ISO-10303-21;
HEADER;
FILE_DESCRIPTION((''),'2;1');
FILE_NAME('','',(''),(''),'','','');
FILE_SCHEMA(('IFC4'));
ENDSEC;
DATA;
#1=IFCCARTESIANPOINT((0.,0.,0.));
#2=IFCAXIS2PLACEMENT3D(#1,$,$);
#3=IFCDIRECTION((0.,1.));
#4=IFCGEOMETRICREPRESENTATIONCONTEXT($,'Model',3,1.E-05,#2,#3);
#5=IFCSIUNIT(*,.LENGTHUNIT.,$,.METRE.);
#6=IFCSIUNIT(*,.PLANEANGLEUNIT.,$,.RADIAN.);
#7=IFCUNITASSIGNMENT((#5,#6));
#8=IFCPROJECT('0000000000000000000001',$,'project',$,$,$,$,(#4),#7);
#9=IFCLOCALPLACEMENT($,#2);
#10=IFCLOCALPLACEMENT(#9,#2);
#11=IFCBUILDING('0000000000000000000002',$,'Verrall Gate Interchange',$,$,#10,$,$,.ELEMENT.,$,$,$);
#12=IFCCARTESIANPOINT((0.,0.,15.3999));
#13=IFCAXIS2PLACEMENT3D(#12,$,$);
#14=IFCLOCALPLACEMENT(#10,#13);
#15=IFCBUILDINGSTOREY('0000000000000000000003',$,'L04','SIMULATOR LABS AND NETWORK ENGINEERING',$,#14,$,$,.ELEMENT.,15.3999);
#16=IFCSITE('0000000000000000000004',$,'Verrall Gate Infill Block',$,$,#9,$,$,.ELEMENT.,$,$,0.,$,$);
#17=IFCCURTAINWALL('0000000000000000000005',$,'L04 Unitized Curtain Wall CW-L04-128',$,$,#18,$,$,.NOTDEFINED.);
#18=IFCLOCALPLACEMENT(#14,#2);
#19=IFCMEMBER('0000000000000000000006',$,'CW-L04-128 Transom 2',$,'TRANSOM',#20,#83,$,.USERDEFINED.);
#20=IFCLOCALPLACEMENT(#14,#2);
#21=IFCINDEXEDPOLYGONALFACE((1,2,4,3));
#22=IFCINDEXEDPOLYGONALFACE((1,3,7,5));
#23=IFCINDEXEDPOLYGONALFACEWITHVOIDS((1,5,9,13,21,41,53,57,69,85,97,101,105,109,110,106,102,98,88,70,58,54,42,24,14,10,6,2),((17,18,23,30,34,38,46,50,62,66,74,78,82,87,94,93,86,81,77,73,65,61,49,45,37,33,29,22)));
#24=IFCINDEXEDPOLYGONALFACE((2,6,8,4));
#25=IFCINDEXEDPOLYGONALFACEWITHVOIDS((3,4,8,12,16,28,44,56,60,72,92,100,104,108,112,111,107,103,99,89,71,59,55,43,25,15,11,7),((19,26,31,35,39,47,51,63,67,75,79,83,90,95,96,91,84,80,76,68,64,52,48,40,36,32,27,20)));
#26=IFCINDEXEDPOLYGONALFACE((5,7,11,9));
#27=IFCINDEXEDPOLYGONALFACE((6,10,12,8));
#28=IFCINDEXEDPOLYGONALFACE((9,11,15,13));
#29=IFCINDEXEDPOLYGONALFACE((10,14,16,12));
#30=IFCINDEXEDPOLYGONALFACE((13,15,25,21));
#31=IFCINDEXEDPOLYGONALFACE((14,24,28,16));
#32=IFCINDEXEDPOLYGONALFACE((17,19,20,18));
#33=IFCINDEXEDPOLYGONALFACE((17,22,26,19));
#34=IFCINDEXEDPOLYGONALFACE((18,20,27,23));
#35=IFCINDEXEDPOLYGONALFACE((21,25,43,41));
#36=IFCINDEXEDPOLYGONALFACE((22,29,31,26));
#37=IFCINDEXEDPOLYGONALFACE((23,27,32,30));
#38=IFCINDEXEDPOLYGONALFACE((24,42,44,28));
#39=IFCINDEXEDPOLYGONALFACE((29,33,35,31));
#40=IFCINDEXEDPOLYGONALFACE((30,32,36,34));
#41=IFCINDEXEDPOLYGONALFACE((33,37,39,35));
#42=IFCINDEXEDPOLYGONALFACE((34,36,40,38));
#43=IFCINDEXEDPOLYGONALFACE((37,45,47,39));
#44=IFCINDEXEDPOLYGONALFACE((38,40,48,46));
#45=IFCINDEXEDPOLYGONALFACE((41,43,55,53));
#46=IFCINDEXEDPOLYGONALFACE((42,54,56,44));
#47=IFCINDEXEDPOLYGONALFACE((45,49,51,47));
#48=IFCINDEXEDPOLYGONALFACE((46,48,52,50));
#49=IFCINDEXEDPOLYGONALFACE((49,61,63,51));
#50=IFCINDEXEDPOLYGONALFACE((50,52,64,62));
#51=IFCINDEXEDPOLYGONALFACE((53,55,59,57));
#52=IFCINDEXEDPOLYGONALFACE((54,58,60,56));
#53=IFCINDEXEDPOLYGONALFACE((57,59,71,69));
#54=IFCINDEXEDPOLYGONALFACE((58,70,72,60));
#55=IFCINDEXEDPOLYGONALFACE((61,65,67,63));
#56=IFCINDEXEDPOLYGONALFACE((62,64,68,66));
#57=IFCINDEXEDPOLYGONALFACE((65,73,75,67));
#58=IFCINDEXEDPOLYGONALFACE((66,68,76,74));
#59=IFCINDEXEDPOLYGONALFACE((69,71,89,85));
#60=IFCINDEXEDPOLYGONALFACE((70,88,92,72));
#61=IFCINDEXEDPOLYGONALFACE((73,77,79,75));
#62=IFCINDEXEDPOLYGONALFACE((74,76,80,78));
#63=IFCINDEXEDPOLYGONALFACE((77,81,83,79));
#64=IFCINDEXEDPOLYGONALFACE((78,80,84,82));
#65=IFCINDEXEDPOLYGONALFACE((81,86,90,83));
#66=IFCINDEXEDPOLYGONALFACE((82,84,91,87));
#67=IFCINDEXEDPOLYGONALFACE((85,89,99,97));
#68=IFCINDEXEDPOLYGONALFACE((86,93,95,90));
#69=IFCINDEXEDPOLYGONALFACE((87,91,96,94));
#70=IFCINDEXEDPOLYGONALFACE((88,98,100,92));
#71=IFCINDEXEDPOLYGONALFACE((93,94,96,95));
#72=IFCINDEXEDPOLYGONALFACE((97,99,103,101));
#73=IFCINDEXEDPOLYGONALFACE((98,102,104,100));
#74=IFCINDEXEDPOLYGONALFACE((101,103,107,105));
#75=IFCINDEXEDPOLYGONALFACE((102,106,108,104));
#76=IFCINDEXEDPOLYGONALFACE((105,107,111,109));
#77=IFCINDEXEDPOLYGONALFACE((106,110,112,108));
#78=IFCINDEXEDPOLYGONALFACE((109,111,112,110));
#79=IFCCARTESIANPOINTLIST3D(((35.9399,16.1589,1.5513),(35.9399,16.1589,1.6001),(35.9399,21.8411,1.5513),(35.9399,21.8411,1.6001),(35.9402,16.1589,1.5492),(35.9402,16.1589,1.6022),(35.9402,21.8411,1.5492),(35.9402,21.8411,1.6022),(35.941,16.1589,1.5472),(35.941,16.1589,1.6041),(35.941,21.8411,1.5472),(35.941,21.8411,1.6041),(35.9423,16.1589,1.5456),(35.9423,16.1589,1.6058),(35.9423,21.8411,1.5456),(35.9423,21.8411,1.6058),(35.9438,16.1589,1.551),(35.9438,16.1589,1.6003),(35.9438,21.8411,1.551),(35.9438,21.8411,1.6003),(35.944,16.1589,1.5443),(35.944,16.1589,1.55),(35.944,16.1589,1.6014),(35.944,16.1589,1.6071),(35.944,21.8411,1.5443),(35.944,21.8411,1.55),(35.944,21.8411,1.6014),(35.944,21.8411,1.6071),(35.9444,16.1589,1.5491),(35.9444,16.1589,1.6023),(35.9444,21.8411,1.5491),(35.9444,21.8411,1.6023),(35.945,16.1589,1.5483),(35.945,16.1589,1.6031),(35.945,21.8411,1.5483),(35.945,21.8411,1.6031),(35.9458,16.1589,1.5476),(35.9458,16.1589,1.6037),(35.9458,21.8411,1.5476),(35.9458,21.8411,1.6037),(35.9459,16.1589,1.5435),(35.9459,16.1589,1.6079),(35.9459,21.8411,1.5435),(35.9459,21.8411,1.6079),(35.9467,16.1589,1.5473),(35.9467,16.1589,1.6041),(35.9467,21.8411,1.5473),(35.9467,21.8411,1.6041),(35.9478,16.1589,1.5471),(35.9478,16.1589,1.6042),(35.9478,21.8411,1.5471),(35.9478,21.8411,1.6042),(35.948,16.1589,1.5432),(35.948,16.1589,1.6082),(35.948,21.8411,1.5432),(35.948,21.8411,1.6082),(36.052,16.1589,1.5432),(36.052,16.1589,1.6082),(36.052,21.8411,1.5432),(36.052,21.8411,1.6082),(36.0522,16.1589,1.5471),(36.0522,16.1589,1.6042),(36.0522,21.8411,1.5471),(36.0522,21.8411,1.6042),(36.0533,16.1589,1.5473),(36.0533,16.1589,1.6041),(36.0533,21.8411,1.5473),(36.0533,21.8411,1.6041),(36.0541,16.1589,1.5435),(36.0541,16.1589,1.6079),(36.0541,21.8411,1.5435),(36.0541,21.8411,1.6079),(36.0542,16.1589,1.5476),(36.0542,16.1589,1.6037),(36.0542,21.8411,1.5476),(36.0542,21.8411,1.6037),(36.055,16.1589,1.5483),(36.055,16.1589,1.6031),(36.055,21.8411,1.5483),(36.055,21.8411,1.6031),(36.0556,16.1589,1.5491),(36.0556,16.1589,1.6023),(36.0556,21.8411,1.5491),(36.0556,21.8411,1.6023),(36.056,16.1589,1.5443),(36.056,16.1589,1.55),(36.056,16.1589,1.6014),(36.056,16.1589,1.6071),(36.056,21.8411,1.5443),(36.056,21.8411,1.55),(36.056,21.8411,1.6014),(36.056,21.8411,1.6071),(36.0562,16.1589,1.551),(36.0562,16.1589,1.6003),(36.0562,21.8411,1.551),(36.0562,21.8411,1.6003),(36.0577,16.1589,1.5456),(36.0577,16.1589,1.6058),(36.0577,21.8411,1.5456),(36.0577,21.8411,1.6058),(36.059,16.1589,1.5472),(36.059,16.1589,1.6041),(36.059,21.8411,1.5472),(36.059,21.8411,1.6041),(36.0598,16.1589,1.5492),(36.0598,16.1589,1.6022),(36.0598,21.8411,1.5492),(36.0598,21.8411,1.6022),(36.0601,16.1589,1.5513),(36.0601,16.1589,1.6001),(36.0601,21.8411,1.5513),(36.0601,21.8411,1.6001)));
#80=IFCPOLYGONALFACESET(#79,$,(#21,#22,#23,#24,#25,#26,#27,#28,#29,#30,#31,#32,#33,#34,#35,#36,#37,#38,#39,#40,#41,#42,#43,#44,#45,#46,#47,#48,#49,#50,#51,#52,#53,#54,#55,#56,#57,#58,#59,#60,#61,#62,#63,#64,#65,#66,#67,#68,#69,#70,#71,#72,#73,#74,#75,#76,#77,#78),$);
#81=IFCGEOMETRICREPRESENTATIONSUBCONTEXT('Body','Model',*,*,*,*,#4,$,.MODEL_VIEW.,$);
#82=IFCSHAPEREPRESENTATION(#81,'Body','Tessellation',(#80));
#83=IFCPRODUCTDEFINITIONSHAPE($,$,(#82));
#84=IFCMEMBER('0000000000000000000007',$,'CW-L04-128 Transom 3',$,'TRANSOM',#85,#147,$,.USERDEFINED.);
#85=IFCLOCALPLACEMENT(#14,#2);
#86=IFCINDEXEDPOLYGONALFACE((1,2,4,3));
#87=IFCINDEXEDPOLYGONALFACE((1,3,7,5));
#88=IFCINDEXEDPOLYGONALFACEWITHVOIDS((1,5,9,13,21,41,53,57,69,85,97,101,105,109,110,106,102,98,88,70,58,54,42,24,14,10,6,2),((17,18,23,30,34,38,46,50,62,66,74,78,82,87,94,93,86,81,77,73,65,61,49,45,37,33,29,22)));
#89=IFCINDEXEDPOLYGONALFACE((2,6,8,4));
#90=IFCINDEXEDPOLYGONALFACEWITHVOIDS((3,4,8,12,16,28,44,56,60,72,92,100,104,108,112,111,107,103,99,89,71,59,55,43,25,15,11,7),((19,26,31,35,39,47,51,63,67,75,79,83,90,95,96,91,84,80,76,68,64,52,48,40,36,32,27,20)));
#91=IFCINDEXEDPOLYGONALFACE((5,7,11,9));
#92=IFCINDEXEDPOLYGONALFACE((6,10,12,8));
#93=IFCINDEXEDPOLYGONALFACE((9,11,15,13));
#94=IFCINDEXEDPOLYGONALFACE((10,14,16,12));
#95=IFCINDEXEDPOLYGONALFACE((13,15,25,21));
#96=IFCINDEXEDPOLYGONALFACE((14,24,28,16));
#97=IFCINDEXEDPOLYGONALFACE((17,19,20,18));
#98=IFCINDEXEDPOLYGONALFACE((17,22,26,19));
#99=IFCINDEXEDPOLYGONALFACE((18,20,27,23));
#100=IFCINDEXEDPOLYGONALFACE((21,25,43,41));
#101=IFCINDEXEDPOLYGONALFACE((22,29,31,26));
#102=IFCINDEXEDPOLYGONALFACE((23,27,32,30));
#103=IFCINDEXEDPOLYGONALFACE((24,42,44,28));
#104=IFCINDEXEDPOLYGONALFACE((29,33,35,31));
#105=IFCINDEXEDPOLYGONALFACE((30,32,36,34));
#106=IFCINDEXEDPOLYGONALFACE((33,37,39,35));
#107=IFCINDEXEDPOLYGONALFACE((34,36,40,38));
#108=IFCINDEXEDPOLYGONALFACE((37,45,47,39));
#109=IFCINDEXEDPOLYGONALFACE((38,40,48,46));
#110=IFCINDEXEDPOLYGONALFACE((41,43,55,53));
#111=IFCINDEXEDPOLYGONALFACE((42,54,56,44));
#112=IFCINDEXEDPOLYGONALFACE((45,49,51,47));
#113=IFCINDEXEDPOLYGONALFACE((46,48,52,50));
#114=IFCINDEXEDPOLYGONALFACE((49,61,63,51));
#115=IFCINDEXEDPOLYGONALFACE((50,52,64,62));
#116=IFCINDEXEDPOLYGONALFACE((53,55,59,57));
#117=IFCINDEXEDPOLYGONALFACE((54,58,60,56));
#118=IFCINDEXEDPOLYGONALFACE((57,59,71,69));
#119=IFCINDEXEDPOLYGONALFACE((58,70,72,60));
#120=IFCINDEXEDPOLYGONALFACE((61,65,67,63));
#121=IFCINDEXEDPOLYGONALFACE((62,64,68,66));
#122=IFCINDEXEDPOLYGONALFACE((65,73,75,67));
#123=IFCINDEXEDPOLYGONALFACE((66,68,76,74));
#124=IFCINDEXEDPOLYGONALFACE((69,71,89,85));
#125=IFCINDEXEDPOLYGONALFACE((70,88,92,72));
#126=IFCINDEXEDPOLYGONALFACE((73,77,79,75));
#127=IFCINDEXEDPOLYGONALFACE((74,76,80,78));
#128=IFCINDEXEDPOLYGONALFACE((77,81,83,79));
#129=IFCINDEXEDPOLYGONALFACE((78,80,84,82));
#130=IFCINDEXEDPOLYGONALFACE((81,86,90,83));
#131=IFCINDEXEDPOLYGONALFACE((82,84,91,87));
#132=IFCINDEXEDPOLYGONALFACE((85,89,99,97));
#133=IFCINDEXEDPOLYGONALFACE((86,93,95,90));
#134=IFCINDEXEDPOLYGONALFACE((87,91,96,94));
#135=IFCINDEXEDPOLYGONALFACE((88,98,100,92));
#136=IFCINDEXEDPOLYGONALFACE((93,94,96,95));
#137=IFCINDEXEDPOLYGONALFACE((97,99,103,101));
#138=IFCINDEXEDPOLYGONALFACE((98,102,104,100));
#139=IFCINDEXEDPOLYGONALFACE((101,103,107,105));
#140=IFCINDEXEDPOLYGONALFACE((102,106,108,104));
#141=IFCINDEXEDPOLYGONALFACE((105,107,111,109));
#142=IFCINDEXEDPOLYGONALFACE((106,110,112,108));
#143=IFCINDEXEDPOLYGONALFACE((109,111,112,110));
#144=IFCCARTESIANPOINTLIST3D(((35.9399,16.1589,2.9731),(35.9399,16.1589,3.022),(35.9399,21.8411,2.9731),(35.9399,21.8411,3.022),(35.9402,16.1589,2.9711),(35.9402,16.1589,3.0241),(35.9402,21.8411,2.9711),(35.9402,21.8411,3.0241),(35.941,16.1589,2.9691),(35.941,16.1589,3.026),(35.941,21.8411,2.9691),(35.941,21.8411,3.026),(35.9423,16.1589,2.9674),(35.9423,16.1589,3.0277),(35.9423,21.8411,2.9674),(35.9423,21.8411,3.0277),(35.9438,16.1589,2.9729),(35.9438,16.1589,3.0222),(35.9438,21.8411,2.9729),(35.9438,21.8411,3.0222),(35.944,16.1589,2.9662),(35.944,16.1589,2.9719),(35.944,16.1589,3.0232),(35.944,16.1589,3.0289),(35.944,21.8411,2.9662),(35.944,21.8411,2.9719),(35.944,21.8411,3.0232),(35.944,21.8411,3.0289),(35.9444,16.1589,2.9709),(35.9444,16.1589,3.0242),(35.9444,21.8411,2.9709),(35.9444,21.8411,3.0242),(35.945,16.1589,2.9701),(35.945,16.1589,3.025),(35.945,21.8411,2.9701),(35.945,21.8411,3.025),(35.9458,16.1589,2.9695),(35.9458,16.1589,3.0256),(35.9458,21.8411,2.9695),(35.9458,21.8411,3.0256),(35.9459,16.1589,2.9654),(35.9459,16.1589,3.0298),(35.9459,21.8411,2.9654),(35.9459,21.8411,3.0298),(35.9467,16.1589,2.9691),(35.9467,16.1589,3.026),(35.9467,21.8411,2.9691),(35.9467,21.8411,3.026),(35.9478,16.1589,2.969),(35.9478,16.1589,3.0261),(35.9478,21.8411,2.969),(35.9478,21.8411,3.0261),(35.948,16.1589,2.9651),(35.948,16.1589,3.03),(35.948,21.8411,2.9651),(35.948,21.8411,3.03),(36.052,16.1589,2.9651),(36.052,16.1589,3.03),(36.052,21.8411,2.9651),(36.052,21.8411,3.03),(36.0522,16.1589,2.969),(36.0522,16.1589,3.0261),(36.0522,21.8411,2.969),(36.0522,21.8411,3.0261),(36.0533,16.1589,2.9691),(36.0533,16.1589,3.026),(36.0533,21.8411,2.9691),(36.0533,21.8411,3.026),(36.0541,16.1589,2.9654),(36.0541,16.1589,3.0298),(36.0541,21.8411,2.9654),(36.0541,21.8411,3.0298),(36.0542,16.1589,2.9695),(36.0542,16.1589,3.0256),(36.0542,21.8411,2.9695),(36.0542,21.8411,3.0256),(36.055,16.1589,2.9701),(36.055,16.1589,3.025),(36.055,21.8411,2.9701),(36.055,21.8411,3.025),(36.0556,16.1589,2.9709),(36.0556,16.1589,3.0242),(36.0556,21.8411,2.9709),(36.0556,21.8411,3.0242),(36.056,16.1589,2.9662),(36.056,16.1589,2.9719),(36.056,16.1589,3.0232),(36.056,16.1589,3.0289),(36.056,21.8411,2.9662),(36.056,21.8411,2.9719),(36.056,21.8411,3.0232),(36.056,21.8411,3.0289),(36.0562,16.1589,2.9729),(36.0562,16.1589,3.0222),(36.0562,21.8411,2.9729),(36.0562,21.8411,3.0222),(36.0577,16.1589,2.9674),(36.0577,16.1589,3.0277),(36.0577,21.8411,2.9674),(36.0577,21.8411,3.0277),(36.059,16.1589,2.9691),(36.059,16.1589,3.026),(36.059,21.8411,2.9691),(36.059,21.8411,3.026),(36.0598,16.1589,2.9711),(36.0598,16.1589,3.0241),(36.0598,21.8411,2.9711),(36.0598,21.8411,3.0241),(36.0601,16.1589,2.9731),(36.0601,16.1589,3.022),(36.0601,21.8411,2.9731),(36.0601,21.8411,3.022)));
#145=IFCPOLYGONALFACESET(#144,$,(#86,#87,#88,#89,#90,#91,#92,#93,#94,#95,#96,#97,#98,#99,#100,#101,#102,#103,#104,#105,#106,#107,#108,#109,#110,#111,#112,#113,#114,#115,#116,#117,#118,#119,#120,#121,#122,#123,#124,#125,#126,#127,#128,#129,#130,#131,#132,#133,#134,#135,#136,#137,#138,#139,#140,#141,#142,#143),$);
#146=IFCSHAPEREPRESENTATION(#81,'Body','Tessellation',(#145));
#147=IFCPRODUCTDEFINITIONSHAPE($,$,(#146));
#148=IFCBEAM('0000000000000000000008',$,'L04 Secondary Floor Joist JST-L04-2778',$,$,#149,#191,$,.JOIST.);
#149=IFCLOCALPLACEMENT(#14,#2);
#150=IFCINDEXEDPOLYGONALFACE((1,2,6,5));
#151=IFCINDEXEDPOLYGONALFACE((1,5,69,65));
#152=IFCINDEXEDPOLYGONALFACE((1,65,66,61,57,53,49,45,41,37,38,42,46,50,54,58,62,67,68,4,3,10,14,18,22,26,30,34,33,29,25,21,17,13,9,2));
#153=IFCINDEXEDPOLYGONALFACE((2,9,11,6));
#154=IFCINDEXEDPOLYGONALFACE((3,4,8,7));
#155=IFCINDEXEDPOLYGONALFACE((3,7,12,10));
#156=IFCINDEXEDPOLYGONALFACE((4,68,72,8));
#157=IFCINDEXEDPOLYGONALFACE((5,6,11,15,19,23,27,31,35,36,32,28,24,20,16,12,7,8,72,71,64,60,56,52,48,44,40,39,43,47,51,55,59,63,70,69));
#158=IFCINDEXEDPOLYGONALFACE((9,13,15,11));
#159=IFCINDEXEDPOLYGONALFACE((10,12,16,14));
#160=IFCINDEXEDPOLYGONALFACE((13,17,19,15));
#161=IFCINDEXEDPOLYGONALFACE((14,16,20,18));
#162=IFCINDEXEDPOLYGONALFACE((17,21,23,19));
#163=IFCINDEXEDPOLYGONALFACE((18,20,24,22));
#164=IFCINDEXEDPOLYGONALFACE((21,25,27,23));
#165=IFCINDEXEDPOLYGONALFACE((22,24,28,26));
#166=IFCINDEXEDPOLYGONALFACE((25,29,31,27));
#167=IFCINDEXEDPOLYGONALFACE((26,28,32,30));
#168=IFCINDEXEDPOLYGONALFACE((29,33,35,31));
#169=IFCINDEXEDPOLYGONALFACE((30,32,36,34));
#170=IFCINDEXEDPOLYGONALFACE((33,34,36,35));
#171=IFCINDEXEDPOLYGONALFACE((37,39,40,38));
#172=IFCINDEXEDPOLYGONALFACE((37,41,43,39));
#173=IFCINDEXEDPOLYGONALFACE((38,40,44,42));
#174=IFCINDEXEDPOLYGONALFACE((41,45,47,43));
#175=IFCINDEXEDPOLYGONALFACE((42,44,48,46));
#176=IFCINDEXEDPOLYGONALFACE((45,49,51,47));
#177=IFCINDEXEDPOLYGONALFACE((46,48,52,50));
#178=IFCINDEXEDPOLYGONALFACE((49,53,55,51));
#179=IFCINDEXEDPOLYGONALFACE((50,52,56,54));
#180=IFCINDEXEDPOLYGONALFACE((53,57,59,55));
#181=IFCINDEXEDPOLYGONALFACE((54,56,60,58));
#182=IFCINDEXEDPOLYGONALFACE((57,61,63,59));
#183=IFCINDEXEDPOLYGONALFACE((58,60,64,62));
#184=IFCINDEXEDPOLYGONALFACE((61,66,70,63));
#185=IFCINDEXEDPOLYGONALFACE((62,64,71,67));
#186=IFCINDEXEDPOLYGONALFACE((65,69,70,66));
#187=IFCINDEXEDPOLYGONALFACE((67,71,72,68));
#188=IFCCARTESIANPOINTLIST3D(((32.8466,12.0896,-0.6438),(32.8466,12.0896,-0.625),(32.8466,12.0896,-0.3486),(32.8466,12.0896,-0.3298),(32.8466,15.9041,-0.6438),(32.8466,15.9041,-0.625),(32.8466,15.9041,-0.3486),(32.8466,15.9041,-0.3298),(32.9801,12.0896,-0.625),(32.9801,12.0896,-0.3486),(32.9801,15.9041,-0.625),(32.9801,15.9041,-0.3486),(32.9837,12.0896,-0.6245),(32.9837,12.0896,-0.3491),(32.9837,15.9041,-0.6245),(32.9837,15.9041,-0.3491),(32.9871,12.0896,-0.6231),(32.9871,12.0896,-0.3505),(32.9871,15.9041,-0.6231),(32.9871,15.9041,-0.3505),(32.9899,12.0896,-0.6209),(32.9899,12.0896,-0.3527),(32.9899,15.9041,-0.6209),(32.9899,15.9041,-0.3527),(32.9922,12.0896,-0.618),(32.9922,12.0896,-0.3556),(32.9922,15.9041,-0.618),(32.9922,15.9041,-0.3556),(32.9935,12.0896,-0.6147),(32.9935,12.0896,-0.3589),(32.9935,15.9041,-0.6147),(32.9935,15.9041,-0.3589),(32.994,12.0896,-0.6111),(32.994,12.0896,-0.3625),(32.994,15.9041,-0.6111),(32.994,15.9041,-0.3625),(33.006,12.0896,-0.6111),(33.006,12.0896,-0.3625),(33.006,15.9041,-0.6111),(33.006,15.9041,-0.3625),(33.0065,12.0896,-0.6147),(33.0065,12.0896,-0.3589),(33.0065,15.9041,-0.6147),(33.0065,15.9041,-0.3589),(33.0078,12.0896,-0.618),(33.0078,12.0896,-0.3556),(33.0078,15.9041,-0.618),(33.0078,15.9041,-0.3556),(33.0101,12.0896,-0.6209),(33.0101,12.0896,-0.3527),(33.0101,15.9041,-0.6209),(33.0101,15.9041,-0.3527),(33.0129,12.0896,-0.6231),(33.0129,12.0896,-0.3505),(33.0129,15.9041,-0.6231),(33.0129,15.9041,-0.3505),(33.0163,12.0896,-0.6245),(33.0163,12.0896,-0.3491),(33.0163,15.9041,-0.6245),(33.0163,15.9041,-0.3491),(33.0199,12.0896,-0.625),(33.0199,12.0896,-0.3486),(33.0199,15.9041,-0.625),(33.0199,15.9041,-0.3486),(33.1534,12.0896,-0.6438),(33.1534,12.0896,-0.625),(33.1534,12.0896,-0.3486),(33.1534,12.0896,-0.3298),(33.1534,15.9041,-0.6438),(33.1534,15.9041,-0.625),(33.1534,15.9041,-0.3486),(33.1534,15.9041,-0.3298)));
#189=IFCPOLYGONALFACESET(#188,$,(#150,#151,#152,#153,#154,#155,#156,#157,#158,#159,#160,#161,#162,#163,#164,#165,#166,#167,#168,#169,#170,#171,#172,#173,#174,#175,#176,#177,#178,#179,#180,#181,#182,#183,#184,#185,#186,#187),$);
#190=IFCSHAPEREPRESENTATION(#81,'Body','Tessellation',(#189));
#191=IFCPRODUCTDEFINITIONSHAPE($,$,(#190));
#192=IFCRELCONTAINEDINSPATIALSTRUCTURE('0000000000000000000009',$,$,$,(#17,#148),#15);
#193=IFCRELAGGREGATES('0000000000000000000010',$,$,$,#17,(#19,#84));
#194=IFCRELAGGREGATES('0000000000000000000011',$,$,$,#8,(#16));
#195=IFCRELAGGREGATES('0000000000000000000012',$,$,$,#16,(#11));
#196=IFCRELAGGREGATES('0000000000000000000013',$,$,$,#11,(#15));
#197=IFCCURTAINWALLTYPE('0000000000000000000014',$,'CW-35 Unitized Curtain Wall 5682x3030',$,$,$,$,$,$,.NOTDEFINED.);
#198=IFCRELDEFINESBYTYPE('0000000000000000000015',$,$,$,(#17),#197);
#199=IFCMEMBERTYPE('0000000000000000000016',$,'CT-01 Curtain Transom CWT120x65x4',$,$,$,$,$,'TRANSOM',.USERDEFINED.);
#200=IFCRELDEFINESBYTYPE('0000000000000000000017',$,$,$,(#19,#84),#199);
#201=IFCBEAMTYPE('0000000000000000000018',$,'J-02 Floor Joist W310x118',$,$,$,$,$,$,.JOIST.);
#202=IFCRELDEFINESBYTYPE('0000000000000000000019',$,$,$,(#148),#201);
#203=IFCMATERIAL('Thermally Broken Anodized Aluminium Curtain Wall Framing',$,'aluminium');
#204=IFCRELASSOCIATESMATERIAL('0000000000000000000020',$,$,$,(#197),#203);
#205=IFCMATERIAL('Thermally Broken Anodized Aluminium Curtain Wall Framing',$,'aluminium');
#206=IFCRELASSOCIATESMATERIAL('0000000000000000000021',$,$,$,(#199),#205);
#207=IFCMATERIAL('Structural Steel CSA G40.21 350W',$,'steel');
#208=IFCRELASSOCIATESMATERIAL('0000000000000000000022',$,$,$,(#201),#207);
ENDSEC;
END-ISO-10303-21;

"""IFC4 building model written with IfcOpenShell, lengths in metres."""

from ifc_helpers import new_model, si_unit, direction, frame, origin, origin_2d, place, context, subcontext, project, spatial, hollow_rectangle, i_section, extrude, material, material_profile, profile_set, type_object, element, aggregate, save


model = new_model("IFC4")

# Units and contexts
model_context = context("Model", 3, precision=1e-05, world=origin(), true_north=direction((0.0, 1.0)))
body_context = subcontext(model_context, "Body", "Model", "MODEL_VIEW")
ifc_project = project(units=[si_unit("LENGTHUNIT", "METRE"), si_unit("PLANEANGLEUNIT", "RADIAN")], contexts=[model_context])

# Site, building, storey
site_placement = place(None, origin())
site = spatial("IfcSite", under=ifc_project, at=site_placement, Name="Verrall Gate Infill Block", CompositionType="ELEMENT", RefElevation=0.0)
building_placement = place(site_placement, origin())
building = spatial("IfcBuilding", under=site, at=building_placement, Name="Verrall Gate Interchange", CompositionType="ELEMENT")
storey_placement = place(building_placement, frame((0.0, 0.0, 15.3999)))
storey = spatial("IfcBuildingStorey", under=building, at=storey_placement, Name="L04", Description="SIMULATOR LABS AND NETWORK ENGINEERING", CompositionType="ELEMENT", Elevation=15.3999)

# Curtain wall, members
ifc_material_1 = material(Name="Thermally Broken Anodized Aluminium Curtain Wall Framing", Category="aluminium")
curtain_wall_type = type_object("IfcCurtainWallType", Name="CW-35 Unitized Curtain Wall 5682x3030", PredefinedType="NOTDEFINED", material=ifc_material_1)
curtain_wall_placement = place(storey_placement, origin())
curtain_wall = element("IfcCurtainWall", 1, at=curtain_wall_placement, inside=storey, type_object=curtain_wall_type, Name="L04 Unitized Curtain Wall CW-L04-128", PredefinedType="NOTDEFINED")
ifc_material_2 = material(Name="Thermally Broken Anodized Aluminium Curtain Wall Framing", Category="aluminium")
ifc_material_profile_1 = material_profile(ifc_material_2, hollow_rectangle(XDim=0.1201, YDim=0.0649, WallThickness=0.0039, InnerFilletRadius=0.0039, OuterFilletRadius=0.0081, at=origin_2d()), Name="CWT120x65x4")
ifc_profile_set_1 = profile_set([ifc_material_profile_1], Name="Thermally Broken Anodized Aluminium Curtain Wall Framing")
member_type_1 = type_object("IfcMemberType", Name="CT-01 Curtain Transom CWT120x65x4", ElementType="TRANSOM", PredefinedType="USERDEFINED", material=ifc_profile_set_1)
member_1_placement = place(storey_placement, frame((36.0, 16.1589, 1.5757), z_axis=(0.0, 1.0, 0.0), x_axis=(-1.0, 0.0, 0.0)))
member_1 = element("IfcMember", 2, at=member_1_placement, type_object=member_type_1, Name="CW-L04-128 Transom 2", ObjectType="TRANSOM", PredefinedType="USERDEFINED", context=body_context, shape_type="SweptSolid", body=[
    extrude(hollow_rectangle(XDim=0.1201, YDim=0.0649, WallThickness=0.0039, InnerFilletRadius=0.0039, OuterFilletRadius=0.0081, at=origin_2d()), origin(), (0.0, 0.0, 1.0), 5.6821),
])
member_2_placement = place(storey_placement, frame((36.0, 16.1589, 2.9976), z_axis=(0.0, 1.0, 0.0), x_axis=(-1.0, 0.0, 0.0)))
member_2 = element("IfcMember", 3, at=member_2_placement, type_object=member_type_1, Name="CW-L04-128 Transom 3", ObjectType="TRANSOM", PredefinedType="USERDEFINED", context=body_context, shape_type="SweptSolid", body=[
    extrude(hollow_rectangle(XDim=0.1201, YDim=0.0649, WallThickness=0.0039, InnerFilletRadius=0.0039, OuterFilletRadius=0.0081, at=origin_2d()), origin(), (0.0, 0.0, 1.0), 5.6821),
])

# Beam
ifc_material_3 = material(Name="Structural Steel CSA G40.21 350W", Category="steel")
ifc_material_profile_2 = material_profile(ifc_material_3, i_section(OverallWidth=0.3069, OverallDepth=0.314, WebThickness=0.012, FlangeThickness=0.0188, FilletRadius=0.0139, at=origin_2d()), Name="W310x118")
ifc_profile_set_2 = profile_set([ifc_material_profile_2], Name="Structural Steel CSA G40.21 350W")
beam_type_1 = type_object("IfcBeamType", Name="J-02 Floor Joist W310x118", PredefinedType="JOIST", material=ifc_profile_set_2)
beam_1_placement = place(storey_placement, frame((33.0, 12.0896, -0.4868), z_axis=(0.0, 1.0, 0.0), x_axis=(-1.0, 0.0, 0.0)))
element("IfcBeam", 4, at=beam_1_placement, inside=storey, type_object=beam_type_1, Name="L04 Secondary Floor Joist JST-L04-2778", PredefinedType="JOIST", context=body_context, shape_type="SweptSolid", body=[
    extrude(i_section(OverallWidth=0.3069, OverallDepth=0.314, WebThickness=0.012, FlangeThickness=0.0188, FilletRadius=0.0139, at=origin_2d()), origin(), (0.0, 0.0, 1.0), 3.8145),
])

aggregate(curtain_wall, [member_1, member_2])

save(model, "model.ifc")
